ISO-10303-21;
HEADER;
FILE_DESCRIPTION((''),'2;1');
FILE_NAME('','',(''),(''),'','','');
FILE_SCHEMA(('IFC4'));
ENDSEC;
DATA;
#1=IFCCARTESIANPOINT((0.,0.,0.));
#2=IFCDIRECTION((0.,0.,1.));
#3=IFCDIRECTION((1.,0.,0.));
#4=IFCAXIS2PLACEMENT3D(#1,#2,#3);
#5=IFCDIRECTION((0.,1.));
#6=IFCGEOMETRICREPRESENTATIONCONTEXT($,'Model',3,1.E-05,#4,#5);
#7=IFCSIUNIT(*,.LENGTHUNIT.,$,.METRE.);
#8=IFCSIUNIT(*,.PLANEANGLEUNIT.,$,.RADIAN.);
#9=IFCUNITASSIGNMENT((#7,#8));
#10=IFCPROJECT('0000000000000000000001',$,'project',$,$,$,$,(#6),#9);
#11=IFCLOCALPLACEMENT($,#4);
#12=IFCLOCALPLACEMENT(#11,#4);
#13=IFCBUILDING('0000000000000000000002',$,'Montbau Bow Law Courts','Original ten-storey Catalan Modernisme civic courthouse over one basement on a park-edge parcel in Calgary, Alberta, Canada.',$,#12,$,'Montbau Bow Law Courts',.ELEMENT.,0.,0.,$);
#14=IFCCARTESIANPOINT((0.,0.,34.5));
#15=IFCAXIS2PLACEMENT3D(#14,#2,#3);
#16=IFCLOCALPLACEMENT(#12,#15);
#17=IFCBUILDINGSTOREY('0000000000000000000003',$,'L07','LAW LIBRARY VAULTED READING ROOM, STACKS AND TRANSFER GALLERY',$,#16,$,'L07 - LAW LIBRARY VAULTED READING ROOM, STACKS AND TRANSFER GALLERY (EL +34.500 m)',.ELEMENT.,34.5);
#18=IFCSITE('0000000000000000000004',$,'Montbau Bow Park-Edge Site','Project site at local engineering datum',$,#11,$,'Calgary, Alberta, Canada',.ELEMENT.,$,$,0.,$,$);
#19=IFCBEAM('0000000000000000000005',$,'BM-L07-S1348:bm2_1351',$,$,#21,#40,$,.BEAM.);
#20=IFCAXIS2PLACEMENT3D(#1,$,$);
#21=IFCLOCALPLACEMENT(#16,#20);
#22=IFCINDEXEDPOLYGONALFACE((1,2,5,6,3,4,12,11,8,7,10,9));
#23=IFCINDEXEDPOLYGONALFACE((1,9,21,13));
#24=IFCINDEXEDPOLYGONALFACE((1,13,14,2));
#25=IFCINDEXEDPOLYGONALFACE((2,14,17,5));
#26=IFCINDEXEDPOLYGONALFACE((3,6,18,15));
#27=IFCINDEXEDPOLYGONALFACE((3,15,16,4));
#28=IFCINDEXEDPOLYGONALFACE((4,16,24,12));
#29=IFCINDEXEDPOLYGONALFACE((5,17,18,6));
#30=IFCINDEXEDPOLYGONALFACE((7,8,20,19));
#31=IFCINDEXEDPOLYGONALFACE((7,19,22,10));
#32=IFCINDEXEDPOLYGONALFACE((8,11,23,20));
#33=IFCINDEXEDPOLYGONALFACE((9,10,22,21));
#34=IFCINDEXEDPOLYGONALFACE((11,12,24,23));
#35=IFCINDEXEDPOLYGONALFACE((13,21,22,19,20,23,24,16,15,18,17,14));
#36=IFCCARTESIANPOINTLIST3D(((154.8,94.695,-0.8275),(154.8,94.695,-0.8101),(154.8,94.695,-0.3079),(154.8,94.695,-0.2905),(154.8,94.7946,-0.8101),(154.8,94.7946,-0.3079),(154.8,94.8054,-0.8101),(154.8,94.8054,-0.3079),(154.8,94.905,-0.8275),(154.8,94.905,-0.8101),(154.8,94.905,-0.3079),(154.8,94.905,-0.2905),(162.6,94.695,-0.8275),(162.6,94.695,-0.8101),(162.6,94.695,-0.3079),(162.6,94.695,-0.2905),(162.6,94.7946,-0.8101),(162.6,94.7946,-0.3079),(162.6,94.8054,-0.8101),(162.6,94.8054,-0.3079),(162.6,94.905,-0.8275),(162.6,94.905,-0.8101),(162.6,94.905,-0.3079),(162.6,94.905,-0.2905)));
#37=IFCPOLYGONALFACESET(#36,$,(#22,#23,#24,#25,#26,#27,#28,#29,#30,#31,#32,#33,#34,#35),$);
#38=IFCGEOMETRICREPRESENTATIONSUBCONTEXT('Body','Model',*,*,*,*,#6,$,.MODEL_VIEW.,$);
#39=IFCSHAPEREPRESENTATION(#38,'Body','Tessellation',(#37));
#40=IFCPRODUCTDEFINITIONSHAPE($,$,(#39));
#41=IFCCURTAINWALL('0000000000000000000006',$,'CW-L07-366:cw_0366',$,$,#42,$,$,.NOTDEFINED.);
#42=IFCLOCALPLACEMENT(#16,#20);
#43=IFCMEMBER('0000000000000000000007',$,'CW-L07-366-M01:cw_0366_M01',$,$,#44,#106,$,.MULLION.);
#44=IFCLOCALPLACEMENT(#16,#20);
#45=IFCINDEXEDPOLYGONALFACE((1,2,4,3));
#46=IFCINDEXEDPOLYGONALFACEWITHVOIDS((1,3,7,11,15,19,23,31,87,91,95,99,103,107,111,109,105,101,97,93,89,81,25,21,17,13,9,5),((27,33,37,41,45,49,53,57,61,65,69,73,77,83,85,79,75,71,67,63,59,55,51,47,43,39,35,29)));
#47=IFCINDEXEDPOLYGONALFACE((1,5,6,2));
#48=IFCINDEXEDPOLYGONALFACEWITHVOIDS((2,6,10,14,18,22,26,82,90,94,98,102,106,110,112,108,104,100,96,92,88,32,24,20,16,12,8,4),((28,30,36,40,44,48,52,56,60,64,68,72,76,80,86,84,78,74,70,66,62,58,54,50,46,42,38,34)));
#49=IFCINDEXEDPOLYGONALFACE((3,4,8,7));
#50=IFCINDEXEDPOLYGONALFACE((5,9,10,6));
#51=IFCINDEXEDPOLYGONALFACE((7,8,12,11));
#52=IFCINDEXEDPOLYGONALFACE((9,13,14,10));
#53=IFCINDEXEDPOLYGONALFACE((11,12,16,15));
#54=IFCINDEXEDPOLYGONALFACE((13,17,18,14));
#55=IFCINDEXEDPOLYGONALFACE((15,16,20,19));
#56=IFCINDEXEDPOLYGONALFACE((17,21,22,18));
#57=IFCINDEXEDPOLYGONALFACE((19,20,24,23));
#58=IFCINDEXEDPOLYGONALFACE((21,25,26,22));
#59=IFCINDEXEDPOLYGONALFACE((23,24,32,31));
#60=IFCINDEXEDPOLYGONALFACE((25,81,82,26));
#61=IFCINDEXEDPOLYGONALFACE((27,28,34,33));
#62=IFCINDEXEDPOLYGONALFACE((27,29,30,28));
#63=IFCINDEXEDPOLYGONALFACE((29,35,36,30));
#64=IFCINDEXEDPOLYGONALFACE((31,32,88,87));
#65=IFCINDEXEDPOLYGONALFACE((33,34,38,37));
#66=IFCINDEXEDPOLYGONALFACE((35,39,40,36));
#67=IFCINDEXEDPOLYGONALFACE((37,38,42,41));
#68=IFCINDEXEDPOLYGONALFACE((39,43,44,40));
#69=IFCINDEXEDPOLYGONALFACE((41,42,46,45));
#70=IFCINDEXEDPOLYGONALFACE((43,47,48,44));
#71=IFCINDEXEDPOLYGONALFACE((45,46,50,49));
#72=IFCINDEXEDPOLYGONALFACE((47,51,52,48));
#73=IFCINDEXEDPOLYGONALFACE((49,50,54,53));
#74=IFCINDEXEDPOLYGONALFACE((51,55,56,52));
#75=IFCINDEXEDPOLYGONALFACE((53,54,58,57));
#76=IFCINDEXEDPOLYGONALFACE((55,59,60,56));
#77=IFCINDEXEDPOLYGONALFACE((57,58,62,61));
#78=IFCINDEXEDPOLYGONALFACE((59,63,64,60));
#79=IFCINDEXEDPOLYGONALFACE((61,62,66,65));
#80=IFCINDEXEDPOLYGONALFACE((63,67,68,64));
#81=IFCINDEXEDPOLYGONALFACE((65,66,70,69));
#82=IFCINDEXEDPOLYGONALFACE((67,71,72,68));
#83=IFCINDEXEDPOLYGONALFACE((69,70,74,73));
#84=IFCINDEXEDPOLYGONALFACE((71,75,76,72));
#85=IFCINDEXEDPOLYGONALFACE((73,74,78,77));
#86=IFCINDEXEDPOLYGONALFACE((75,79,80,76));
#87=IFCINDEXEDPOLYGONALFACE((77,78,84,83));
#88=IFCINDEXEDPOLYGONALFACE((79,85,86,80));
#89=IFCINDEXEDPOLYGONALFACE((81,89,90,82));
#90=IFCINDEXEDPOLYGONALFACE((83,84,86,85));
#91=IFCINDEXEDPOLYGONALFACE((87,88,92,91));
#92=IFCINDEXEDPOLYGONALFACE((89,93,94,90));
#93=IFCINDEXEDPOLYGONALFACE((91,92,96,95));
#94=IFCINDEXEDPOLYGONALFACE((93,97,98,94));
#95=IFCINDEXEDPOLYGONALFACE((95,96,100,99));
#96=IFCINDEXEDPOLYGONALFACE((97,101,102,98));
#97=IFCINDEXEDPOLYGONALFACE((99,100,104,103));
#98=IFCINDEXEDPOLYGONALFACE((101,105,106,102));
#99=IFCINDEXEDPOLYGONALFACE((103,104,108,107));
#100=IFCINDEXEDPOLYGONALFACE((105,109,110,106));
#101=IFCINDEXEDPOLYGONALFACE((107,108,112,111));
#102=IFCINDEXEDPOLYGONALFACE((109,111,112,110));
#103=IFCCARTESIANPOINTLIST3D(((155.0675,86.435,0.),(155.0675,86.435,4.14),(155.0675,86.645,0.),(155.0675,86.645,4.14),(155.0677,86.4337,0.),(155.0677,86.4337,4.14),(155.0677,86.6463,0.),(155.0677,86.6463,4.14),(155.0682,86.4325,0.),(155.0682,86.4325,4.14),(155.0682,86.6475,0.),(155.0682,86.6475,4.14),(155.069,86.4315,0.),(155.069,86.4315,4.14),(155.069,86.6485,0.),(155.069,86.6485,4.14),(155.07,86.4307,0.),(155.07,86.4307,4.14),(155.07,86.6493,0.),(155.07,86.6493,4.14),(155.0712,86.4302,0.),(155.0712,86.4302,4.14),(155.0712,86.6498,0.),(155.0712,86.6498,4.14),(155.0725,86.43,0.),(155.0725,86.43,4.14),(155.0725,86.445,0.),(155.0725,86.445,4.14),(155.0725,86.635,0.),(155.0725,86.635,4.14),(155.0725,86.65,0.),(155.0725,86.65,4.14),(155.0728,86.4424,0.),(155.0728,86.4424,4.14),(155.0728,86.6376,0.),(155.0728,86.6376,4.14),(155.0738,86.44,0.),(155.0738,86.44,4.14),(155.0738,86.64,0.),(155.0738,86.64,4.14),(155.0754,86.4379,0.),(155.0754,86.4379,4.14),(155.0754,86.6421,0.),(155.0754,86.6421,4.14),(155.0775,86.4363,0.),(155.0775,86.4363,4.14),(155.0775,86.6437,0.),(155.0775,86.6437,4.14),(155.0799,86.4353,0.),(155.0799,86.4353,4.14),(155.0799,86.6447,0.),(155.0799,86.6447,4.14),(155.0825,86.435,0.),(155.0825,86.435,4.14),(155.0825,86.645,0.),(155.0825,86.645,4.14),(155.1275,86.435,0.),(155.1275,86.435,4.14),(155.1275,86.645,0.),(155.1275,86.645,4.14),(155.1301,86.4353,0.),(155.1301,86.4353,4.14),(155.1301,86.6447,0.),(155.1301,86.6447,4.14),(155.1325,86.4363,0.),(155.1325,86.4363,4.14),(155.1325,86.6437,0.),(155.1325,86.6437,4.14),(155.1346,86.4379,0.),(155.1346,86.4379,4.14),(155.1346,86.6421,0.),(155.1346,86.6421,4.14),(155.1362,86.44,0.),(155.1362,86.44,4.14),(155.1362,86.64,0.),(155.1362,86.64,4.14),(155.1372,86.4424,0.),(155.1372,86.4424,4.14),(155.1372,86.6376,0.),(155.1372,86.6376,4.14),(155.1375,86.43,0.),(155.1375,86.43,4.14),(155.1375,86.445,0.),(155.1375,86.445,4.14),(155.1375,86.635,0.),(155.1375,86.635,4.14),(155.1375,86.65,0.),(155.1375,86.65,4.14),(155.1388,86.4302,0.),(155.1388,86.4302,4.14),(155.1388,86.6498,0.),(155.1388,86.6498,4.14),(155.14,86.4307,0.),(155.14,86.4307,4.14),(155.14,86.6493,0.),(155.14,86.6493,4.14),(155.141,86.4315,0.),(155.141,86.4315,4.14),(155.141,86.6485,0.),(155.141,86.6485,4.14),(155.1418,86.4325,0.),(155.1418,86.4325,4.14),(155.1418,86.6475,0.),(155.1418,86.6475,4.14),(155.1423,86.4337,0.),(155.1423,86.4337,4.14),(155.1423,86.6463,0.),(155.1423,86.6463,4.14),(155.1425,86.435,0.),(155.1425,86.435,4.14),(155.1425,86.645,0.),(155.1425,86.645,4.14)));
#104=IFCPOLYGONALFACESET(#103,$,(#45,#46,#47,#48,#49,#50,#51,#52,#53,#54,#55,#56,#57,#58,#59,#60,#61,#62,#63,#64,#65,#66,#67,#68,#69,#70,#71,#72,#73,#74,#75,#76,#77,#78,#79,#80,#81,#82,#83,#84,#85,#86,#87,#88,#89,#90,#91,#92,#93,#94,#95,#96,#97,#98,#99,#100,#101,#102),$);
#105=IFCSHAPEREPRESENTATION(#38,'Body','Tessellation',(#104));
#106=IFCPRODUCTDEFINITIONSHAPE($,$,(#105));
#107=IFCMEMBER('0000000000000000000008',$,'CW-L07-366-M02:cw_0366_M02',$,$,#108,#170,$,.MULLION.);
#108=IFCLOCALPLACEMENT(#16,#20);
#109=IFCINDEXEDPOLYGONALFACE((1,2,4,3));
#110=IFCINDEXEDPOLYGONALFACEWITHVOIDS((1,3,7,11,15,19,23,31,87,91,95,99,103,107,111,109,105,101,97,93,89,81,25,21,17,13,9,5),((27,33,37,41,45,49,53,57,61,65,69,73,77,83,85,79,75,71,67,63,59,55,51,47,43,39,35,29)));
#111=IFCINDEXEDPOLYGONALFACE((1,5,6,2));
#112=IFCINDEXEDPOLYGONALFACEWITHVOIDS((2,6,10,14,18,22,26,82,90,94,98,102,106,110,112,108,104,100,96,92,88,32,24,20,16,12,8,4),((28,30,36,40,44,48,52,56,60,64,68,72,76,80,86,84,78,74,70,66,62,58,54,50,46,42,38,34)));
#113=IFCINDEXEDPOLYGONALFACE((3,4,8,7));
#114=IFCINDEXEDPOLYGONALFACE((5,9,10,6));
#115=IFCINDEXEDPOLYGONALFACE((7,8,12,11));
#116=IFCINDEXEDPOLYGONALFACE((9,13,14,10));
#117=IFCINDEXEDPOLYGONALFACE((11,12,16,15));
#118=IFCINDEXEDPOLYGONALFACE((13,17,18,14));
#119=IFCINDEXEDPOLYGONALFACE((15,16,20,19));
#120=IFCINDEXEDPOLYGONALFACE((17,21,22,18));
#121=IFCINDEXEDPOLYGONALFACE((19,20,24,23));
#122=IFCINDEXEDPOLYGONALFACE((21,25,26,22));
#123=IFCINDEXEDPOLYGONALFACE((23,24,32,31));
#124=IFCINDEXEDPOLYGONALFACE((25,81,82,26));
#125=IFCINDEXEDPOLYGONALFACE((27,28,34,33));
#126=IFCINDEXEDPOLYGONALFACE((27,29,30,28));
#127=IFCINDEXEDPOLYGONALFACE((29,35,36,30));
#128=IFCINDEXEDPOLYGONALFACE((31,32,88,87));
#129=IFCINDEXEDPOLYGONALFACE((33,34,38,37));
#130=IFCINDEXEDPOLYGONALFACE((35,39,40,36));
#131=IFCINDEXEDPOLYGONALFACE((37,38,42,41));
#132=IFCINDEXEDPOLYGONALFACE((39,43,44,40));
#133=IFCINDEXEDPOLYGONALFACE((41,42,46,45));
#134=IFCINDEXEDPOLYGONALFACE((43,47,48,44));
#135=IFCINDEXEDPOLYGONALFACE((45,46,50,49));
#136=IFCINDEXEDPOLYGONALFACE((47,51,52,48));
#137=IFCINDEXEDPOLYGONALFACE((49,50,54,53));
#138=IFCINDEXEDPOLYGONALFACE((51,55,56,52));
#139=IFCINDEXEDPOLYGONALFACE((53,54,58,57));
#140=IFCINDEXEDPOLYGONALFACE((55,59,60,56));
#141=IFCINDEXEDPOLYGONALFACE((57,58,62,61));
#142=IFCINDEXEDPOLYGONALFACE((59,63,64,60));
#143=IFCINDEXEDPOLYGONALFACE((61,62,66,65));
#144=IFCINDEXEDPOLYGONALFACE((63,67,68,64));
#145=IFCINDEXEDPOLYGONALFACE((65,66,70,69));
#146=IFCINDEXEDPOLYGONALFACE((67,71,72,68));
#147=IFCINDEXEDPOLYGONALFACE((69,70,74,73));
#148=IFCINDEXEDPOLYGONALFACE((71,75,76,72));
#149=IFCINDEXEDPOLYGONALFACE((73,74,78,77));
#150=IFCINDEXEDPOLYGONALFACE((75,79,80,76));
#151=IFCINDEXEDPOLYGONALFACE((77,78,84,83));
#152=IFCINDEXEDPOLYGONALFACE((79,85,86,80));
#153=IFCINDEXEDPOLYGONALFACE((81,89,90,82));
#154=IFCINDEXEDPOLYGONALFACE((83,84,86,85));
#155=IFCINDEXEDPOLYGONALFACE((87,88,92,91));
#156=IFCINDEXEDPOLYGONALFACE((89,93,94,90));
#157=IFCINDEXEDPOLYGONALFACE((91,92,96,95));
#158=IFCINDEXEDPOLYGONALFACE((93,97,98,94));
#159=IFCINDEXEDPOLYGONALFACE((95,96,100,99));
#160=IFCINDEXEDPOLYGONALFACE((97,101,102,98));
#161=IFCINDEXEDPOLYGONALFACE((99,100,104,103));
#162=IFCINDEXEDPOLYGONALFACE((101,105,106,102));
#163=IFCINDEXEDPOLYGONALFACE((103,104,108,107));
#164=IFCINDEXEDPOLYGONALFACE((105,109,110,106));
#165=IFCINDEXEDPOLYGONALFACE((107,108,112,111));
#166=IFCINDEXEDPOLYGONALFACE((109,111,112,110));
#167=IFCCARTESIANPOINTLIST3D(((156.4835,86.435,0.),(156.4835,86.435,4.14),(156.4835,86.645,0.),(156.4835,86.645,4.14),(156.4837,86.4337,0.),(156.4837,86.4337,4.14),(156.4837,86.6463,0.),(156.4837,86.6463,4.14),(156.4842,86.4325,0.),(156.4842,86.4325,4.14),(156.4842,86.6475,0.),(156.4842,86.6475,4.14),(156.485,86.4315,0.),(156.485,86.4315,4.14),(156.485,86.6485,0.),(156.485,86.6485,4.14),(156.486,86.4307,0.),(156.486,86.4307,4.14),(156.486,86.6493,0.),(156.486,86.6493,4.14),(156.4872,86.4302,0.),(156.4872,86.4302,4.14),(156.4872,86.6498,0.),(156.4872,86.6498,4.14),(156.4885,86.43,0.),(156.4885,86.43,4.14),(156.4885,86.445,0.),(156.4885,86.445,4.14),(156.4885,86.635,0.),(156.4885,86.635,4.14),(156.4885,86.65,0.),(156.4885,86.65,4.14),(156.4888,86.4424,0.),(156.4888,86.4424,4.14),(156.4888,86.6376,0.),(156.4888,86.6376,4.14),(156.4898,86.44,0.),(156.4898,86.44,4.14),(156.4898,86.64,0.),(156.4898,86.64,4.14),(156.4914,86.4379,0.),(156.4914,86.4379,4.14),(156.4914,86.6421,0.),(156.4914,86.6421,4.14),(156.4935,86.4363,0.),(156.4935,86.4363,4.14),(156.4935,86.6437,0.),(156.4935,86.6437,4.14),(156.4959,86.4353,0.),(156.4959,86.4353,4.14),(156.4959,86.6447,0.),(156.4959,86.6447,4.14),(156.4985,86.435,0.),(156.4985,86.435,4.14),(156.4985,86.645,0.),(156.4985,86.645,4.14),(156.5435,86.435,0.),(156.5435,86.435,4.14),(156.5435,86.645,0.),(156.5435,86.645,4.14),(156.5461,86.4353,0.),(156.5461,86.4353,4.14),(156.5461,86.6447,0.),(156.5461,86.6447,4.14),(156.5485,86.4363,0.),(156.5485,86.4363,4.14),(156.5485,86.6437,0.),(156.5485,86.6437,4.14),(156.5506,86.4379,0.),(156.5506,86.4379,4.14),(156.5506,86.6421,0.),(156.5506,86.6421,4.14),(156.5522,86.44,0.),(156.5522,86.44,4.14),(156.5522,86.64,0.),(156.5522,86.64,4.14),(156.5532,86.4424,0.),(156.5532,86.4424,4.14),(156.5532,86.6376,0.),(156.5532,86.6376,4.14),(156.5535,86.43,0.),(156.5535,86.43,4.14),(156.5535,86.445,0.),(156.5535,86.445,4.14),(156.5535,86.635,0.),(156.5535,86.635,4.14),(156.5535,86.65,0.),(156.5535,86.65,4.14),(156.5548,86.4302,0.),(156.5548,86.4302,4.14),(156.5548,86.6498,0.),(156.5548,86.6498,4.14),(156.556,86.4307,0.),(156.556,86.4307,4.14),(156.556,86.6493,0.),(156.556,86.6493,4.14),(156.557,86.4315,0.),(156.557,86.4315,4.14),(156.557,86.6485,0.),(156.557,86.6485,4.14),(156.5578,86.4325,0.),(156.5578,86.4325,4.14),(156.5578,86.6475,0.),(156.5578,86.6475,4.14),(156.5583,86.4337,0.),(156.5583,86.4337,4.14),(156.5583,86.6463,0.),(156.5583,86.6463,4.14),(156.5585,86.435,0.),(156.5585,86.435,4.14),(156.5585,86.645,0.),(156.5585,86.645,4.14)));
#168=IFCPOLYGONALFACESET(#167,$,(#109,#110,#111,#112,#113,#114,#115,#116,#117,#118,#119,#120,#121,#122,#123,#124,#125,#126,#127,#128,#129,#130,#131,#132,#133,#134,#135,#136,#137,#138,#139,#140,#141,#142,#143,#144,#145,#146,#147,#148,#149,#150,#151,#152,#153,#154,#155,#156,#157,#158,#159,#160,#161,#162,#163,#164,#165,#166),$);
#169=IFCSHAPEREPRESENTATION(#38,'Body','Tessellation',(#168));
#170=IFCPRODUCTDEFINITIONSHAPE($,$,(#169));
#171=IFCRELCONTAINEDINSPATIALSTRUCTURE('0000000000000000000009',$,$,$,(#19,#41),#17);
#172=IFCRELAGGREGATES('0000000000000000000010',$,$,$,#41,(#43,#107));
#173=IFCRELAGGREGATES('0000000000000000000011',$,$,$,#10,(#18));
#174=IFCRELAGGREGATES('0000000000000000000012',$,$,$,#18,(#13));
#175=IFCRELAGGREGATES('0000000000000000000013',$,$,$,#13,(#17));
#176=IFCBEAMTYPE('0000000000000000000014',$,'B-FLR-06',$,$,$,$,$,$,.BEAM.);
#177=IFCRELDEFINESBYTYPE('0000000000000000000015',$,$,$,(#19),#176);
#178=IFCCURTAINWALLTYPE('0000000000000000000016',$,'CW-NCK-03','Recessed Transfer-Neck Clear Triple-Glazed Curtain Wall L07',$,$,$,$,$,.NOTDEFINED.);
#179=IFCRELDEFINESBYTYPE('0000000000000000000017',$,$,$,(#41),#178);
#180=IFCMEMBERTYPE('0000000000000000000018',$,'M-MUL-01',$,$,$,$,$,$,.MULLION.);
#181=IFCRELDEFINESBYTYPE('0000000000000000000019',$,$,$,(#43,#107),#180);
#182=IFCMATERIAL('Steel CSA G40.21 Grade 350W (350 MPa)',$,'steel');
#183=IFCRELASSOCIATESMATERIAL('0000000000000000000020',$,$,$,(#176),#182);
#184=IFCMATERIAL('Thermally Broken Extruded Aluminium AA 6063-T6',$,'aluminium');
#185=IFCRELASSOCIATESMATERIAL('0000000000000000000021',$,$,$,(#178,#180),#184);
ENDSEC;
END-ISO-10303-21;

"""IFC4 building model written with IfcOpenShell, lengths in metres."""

from ifc_helpers import new_model, si_unit, direction, frame, origin_with_axes, origin_2d_with_axis, place, context, subcontext, project, spatial, hollow_rectangle, i_section, extrude, material, material_profile, profile_set, type_object, element, aggregate, save


model = new_model("IFC4")

# Units and contexts
model_context = context("Model", 3, precision=1e-05, world=origin_with_axes(), true_north=direction((0.0, 1.0)))
body_context = subcontext(model_context, "Body", "Model", "MODEL_VIEW")
ifc_project = project(units=[si_unit("LENGTHUNIT", "METRE"), si_unit("PLANEANGLEUNIT", "RADIAN")], contexts=[model_context])

# Site, building, storey
site_placement = place(None, origin_with_axes())
site = spatial("IfcSite", under=ifc_project, at=site_placement, Name="Montbau Bow Park-Edge Site", Description="Project site at local engineering datum", LongName="Calgary, Alberta, Canada", CompositionType="ELEMENT", RefElevation=0.0)
building_placement = place(site_placement, origin_with_axes())
building = spatial("IfcBuilding", under=site, at=building_placement, Name="Montbau Bow Law Courts", Description="Original ten-storey Catalan Modernisme civic courthouse over one basement on a park-edge parcel in Calgary, Alberta, Canada.", LongName="Montbau Bow Law Courts", CompositionType="ELEMENT", ElevationOfRefHeight=0.0, ElevationOfTerrain=0.0)
storey_placement = place(building_placement, frame((0.0, 0.0, 34.5), z_axis=(0.0, 0.0, 1.0), x_axis=(1.0, 0.0, 0.0)))
storey = spatial("IfcBuildingStorey", under=building, at=storey_placement, Name="L07", Description="LAW LIBRARY VAULTED READING ROOM, STACKS AND TRANSFER GALLERY", LongName="L07 - LAW LIBRARY VAULTED READING ROOM, STACKS AND TRANSFER GALLERY (EL +34.500 m)", CompositionType="ELEMENT", Elevation=34.5)

# Beam
ifc_material_1 = material(Name="Steel CSA G40.21 Grade 350W (350 MPa)", Category="steel")
ifc_material_profile_1 = material_profile(ifc_material_1, i_section(OverallWidth=0.21, OverallDepth=0.537, WebThickness=0.0109, FlangeThickness=0.0174, at=origin_2d_with_axis()), Name="W530X101", Category="Main", Priority=0)
ifc_profile_set_1 = profile_set([ifc_material_profile_1], Name="Steel CSA G40.21 Grade 350W (350 MPa)")
beam_type = type_object("IfcBeamType", Name="B-FLR-06", PredefinedType="BEAM", material=ifc_profile_set_1)
beam_placement = place(None, frame((154.8, 94.8, 33.941), z_axis=(1.0, 0.0, 0.0), x_axis=(0.0, 1.0, 0.0)))
element("IfcBeam", 1, at=beam_placement, inside=storey, type_object=beam_type, Name="BM-L07-S1348:bm2_1351", PredefinedType="BEAM", context=body_context, shape_type="SweptSolid", body=[
    extrude(i_section(OverallWidth=0.21, OverallDepth=0.537, WebThickness=0.0109, FlangeThickness=0.0174, at=origin_2d_with_axis()), origin_with_axes(), (0.0, 0.0, 1.0), 7.8),
])

# Curtain wall, members
ifc_material_2 = material(Name="Thermally Broken Extruded Aluminium AA 6063-T6", Category="aluminium")
curtain_wall_type = type_object("IfcCurtainWallType", Name="CW-NCK-03", Description="Recessed Transfer-Neck Clear Triple-Glazed Curtain Wall L07", PredefinedType="NOTDEFINED", material=ifc_material_2)
curtain_wall_1_placement = place(None, frame((155.068, 86.54, 34.5), z_axis=(0.0, 0.0, 1.0), x_axis=(1.0, 0.0, 0.0)))
curtain_wall_1 = element("IfcCurtainWall", 2, at=curtain_wall_1_placement, inside=storey, type_object=curtain_wall_type, Name="CW-L07-366:cw_0366", PredefinedType="NOTDEFINED")
ifc_material_profile_2 = material_profile(ifc_material_2, hollow_rectangle(XDim=0.075, YDim=0.22, WallThickness=0.005, InnerFilletRadius=0.01, OuterFilletRadius=0.005, at=origin_2d_with_axis()), Name="CWM-220X75", Category="Main", Priority=0)
ifc_profile_set_2 = profile_set([ifc_material_profile_2], Name="Thermally Broken Extruded Aluminium AA 6063-T6")
member_type_1 = type_object("IfcMemberType", Name="M-MUL-01", PredefinedType="MULLION", material=ifc_profile_set_2)
member_1_placement = place(None, frame((155.105, 86.54, 34.5), z_axis=(0.0, 0.0, 1.0), x_axis=(1.0, 0.0, 0.0)))
member_1 = element("IfcMember", 3, at=member_1_placement, type_object=member_type_1, Name="CW-L07-366-M01:cw_0366_M01", PredefinedType="MULLION", context=body_context, shape_type="SweptSolid", body=[
    extrude(hollow_rectangle(XDim=0.075, YDim=0.22, WallThickness=0.005, InnerFilletRadius=0.01, OuterFilletRadius=0.005, at=origin_2d_with_axis()), origin_with_axes(), (0.0, 0.0, 1.0), 4.14),
])
member_2_placement = place(None, frame((156.521, 86.54, 34.5), z_axis=(0.0, 0.0, 1.0), x_axis=(1.0, 0.0, 0.0)))
member_2 = element("IfcMember", 4, at=member_2_placement, type_object=member_type_1, Name="CW-L07-366-M02:cw_0366_M02", PredefinedType="MULLION", context=body_context, shape_type="SweptSolid", body=[
    extrude(hollow_rectangle(XDim=0.075, YDim=0.22, WallThickness=0.005, InnerFilletRadius=0.01, OuterFilletRadius=0.005, at=origin_2d_with_axis()), origin_with_axes(), (0.0, 0.0, 1.0), 4.14),
])

aggregate(curtain_wall_1, [member_1, member_2])

save(model, "model.ifc")
